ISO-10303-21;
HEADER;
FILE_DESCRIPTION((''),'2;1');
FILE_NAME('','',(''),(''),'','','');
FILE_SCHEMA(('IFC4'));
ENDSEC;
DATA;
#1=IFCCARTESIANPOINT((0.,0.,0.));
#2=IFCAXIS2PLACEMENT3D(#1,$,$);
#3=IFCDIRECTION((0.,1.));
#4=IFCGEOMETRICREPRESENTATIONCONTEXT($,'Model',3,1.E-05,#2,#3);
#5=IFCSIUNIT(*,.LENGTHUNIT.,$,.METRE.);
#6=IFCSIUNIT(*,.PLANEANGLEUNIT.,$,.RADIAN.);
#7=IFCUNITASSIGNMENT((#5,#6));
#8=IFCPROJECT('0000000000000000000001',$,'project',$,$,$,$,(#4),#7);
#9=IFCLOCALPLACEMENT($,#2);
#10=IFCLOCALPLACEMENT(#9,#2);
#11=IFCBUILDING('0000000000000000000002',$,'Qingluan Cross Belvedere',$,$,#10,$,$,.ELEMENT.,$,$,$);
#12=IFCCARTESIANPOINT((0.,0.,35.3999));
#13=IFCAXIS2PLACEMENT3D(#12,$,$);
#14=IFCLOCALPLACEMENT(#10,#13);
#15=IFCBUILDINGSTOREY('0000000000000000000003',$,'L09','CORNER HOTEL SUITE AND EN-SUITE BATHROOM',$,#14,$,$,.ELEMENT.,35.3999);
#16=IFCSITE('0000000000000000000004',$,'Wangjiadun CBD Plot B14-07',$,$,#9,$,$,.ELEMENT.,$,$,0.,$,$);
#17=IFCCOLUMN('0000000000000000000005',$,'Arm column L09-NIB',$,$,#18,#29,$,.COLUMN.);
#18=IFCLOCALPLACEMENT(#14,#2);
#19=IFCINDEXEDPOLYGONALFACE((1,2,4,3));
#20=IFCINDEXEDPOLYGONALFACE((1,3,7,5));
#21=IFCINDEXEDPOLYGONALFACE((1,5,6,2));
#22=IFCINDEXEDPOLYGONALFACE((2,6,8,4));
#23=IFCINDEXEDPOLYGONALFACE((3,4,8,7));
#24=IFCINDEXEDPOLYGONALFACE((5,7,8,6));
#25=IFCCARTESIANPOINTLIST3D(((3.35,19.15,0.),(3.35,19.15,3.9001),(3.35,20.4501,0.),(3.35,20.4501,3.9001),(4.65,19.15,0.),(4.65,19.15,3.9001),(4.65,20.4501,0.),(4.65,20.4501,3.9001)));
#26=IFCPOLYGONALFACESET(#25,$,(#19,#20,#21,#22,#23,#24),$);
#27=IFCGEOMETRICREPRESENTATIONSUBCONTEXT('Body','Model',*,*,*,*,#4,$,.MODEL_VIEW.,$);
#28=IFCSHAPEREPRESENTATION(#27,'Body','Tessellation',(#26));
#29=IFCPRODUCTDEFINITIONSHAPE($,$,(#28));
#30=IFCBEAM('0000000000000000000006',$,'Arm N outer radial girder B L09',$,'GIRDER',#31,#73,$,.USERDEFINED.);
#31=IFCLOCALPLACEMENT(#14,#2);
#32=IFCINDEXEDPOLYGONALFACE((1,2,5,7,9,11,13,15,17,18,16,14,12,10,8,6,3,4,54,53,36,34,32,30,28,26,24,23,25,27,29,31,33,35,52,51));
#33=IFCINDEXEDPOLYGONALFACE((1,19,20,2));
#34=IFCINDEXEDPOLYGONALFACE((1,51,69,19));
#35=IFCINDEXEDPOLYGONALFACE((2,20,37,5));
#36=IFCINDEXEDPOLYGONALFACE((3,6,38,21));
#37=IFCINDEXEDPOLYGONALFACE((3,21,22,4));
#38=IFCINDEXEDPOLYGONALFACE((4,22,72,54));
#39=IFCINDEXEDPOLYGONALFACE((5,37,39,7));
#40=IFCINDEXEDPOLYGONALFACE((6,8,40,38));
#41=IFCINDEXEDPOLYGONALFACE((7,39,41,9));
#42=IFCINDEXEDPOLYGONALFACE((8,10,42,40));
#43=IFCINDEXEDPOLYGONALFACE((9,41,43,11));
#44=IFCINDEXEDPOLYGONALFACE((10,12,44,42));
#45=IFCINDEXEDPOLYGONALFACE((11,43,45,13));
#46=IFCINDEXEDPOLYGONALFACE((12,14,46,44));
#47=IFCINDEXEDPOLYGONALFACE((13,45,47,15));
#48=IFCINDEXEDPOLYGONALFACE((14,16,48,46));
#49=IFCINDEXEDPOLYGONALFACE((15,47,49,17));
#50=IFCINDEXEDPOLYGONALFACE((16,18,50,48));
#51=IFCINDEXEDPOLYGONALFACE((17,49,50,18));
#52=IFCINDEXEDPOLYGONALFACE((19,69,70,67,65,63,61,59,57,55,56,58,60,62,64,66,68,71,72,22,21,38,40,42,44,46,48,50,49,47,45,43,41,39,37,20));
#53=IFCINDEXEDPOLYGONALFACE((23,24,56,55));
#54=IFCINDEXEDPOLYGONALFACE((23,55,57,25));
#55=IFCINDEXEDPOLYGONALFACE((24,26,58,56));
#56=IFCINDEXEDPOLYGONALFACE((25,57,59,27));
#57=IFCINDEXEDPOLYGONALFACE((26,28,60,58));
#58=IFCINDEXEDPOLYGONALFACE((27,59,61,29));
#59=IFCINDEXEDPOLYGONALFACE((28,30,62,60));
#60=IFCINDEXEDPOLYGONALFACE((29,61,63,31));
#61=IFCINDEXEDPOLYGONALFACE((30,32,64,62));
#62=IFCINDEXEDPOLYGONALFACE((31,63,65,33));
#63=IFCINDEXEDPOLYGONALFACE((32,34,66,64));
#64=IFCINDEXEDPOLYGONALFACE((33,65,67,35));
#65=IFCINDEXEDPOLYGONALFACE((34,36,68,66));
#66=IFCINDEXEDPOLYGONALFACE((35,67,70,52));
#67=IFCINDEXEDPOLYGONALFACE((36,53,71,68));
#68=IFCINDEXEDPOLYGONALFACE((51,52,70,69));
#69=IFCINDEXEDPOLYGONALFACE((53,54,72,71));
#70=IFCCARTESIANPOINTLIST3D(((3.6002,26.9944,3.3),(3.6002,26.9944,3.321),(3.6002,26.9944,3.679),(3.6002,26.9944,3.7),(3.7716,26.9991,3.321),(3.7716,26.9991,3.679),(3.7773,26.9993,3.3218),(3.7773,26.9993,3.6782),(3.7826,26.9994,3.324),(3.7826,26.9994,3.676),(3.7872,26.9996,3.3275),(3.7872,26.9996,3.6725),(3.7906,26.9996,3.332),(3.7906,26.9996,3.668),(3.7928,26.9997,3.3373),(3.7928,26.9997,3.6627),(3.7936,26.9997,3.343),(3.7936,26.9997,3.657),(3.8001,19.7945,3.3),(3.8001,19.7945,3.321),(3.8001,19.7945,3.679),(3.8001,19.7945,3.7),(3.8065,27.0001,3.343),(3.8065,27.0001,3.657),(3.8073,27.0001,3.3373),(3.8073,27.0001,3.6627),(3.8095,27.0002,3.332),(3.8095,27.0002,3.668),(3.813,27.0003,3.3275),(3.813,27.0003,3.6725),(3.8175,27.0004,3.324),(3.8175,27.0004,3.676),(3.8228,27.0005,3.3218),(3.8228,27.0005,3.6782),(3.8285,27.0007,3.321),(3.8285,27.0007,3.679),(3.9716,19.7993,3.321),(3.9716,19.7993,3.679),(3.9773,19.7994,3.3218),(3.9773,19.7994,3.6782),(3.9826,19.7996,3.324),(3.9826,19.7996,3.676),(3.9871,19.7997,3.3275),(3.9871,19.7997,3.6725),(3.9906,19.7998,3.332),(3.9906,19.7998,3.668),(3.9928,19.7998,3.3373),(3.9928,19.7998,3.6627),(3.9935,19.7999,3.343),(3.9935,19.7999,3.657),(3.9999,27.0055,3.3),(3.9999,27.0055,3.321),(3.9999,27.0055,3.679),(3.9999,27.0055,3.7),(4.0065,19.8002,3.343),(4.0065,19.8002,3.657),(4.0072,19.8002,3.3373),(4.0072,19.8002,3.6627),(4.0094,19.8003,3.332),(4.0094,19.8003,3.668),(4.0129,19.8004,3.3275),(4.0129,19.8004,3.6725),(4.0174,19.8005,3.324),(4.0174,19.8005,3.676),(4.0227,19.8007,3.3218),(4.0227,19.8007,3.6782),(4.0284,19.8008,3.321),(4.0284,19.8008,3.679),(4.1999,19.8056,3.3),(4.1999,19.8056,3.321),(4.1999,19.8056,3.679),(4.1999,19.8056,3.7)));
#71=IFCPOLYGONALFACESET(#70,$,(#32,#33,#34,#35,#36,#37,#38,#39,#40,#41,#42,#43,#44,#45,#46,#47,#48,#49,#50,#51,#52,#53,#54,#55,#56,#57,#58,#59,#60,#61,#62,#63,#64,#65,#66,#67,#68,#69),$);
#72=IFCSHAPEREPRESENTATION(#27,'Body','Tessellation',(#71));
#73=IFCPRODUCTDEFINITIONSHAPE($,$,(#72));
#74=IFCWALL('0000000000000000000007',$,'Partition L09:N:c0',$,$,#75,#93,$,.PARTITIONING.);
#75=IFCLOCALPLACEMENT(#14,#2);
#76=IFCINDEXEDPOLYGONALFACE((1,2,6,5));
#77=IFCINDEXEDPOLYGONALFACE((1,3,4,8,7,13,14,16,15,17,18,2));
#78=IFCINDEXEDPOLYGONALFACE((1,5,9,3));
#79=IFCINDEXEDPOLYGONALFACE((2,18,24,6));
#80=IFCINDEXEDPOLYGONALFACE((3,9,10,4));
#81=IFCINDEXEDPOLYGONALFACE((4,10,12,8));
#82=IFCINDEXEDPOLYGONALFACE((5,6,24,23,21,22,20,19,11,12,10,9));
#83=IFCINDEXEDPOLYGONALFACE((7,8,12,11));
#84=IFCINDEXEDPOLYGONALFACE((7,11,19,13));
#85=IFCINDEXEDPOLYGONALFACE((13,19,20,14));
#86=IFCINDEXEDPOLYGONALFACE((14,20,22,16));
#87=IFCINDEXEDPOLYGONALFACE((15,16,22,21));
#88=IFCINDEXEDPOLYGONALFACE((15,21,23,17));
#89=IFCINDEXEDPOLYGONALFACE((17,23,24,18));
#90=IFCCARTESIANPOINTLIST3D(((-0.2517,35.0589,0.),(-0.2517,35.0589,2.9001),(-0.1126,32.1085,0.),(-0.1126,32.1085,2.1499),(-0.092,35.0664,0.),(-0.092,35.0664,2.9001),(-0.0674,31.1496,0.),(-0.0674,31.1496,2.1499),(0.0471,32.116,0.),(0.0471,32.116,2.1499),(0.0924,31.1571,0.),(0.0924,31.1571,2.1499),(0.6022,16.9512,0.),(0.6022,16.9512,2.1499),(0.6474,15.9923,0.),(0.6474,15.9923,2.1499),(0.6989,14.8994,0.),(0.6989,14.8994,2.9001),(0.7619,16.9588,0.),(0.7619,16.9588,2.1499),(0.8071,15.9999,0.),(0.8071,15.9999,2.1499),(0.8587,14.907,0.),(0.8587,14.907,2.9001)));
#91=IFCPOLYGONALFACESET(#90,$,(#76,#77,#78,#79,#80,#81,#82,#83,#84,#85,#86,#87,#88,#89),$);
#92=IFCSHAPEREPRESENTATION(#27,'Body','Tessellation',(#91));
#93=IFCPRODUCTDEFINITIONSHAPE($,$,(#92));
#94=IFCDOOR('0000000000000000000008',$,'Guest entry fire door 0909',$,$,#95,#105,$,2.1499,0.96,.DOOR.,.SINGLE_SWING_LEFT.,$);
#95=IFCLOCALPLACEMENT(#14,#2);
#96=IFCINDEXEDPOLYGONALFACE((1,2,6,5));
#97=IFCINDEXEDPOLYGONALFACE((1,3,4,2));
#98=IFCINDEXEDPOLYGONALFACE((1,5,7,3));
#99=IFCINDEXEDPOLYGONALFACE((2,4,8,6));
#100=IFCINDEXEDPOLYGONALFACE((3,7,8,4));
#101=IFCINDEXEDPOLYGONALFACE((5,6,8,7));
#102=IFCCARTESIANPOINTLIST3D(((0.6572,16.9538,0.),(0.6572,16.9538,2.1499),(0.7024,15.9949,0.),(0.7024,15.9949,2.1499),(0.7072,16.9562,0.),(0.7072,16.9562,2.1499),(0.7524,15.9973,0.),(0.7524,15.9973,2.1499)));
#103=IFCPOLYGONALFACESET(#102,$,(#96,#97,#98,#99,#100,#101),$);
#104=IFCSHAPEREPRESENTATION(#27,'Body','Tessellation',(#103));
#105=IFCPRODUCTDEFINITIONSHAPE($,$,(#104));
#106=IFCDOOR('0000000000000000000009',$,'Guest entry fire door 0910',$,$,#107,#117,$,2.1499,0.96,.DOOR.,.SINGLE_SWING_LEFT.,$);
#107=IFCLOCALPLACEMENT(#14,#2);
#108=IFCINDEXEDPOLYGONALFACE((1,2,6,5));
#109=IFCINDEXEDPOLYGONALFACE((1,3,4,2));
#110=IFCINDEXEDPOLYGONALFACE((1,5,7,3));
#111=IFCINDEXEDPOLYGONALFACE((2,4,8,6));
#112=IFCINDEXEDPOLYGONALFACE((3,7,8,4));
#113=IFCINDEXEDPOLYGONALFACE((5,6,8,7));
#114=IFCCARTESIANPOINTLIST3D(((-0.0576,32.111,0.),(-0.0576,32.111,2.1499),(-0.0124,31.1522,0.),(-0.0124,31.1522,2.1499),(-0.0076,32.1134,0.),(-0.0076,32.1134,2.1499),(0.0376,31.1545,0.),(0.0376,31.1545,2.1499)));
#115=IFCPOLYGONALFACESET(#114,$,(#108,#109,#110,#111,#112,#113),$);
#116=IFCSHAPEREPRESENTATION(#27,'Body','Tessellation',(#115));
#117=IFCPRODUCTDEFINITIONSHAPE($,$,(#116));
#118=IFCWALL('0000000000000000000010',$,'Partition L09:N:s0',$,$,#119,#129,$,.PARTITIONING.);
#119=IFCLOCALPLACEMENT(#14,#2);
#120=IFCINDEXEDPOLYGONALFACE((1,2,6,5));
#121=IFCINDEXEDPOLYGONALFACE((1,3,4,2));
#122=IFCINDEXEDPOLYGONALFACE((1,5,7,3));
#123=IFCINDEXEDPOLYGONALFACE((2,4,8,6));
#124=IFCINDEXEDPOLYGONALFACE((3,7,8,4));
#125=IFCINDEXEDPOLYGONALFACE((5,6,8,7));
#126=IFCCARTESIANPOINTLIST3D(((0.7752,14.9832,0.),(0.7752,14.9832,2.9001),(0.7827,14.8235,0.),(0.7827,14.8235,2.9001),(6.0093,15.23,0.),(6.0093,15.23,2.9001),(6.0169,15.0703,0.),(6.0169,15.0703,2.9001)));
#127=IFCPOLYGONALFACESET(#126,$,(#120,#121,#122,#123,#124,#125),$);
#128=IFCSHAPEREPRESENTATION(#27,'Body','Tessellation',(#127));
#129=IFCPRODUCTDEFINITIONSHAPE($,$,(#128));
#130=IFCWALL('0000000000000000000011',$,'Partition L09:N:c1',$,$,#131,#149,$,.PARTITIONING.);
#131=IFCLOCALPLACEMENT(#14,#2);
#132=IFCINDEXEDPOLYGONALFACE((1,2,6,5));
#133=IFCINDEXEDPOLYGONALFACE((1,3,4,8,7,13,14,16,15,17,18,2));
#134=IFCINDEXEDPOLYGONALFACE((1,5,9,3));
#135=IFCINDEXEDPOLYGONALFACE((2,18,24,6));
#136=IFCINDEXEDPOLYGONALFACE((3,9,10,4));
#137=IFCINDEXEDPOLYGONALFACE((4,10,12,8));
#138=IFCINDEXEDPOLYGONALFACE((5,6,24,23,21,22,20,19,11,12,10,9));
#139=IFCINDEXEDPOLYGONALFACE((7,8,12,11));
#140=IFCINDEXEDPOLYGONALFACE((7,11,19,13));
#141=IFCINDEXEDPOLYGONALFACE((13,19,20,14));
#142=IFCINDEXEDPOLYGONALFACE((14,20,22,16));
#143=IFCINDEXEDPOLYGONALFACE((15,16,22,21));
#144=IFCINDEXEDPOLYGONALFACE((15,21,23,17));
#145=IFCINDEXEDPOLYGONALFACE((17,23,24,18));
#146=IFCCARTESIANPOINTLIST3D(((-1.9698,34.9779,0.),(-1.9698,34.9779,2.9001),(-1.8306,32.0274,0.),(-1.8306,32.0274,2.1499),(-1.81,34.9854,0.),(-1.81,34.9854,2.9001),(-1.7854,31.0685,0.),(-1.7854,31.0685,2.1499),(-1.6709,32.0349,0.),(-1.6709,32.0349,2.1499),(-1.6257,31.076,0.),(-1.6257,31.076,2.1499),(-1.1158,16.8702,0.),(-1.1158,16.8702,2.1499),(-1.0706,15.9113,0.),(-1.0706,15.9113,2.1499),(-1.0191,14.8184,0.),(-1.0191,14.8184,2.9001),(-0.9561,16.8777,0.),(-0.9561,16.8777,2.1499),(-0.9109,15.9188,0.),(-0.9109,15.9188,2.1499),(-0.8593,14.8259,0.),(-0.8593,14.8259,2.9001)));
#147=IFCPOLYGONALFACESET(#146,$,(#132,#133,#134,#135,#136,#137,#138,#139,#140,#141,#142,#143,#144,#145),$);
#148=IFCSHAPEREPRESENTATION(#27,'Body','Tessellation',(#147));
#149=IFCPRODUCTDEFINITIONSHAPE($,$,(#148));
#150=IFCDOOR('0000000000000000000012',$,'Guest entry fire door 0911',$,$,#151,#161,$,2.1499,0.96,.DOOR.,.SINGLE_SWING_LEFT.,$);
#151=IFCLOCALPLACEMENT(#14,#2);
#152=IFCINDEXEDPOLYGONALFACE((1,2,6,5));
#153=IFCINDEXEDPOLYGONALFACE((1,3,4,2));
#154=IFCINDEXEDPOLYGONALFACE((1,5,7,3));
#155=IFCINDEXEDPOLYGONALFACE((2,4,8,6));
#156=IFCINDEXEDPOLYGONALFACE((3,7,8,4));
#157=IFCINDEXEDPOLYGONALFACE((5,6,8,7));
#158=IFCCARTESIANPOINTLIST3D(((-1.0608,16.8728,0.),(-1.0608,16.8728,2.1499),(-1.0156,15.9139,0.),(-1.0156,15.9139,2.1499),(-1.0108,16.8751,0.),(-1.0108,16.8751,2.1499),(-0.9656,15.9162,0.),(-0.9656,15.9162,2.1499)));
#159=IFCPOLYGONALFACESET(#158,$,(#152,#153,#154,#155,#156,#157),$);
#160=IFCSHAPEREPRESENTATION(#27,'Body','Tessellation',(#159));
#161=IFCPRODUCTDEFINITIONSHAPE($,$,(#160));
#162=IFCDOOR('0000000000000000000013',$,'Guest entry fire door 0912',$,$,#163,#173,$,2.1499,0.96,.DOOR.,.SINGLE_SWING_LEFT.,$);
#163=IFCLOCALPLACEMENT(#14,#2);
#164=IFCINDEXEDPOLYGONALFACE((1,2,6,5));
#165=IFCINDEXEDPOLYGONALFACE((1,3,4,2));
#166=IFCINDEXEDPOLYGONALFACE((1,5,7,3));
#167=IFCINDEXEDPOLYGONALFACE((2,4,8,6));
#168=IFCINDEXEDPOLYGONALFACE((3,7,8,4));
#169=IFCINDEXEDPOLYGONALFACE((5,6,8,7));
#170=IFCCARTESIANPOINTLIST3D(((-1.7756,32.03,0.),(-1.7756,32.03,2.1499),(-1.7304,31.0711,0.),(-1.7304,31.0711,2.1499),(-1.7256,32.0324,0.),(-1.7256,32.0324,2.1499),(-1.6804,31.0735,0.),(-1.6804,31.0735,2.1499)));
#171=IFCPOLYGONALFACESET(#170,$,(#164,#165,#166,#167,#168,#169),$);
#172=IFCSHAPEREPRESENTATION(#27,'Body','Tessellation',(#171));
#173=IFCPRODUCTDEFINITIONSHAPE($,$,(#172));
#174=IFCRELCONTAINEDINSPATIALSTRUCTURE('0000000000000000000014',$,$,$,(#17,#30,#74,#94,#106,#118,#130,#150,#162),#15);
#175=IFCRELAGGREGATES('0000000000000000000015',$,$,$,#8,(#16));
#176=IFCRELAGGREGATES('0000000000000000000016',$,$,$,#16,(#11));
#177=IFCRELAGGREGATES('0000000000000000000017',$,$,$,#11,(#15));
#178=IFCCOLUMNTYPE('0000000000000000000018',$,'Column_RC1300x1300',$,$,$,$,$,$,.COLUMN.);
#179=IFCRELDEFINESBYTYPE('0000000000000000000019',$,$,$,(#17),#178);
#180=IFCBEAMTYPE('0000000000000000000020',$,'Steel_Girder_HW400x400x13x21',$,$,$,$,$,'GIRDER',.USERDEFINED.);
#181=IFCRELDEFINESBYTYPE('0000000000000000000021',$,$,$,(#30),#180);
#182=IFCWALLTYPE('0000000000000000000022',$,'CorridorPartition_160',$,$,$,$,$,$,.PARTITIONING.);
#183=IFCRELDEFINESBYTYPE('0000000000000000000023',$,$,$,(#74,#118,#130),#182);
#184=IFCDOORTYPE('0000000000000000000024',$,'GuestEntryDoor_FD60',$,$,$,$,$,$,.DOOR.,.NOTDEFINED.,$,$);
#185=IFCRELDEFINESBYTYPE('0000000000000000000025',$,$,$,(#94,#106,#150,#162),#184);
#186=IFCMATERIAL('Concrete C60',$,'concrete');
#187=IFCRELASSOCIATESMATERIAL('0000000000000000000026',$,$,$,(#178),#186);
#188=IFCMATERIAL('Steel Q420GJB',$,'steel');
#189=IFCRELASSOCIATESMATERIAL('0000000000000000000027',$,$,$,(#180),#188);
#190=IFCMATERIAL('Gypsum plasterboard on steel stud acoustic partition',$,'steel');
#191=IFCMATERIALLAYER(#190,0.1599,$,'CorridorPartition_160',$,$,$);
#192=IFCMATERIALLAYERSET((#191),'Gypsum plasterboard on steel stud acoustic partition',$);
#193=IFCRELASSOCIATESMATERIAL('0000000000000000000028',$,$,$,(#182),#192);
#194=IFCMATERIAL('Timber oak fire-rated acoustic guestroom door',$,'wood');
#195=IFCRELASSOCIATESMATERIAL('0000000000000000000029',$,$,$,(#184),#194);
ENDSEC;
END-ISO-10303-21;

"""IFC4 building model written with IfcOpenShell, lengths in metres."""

from ifc_helpers import new_model, si_unit, direction, frame, frame_2d, origin, origin_2d, place, context, subcontext, project, spatial, rectangle, i_section, extrude, material, layer, layer_set, material_profile, profile_set, type_object, element, fill, save


model = new_model("IFC4")

# Units and contexts
model_context = context("Model", 3, precision=1e-05, world=origin(), true_north=direction((0.0, 1.0)))
body_context = subcontext(model_context, "Body", "Model", "MODEL_VIEW")
ifc_project = project(units=[si_unit("LENGTHUNIT", "METRE"), si_unit("PLANEANGLEUNIT", "RADIAN")], contexts=[model_context])

# Site, building, storey
site_placement = place(None, origin())
site = spatial("IfcSite", under=ifc_project, at=site_placement, Name="Wangjiadun CBD Plot B14-07", CompositionType="ELEMENT", RefElevation=0.0)
building_placement = place(site_placement, origin())
building = spatial("IfcBuilding", under=site, at=building_placement, Name="Qingluan Cross Belvedere", CompositionType="ELEMENT")
storey_placement = place(building_placement, frame((0.0, 0.0, 35.3999)))
storey = spatial("IfcBuildingStorey", under=building, at=storey_placement, Name="L09", Description="CORNER HOTEL SUITE AND EN-SUITE BATHROOM", CompositionType="ELEMENT", Elevation=35.3999)

# Column
ifc_material_1 = material(Name="Concrete C60", Category="concrete")
ifc_material_profile_1 = material_profile(ifc_material_1, rectangle(XDim=1.3, YDim=1.3, at=origin_2d()), Name="RC1300x1300")
ifc_profile_set_1 = profile_set([ifc_material_profile_1], Name="Concrete C60")
column_type = type_object("IfcColumnType", Name="Column_RC1300x1300", PredefinedType="COLUMN", material=ifc_profile_set_1)
column_placement = place(storey_placement, frame((4.0, 19.8, 0.0), z_axis=(0.0, 0.0, 1.0), x_axis=(1.0, 0.0, 0.0)))
element("IfcColumn", 1, at=column_placement, inside=storey, type_object=column_type, Name="Arm column L09-NIB", PredefinedType="COLUMN", context=body_context, shape_type="SweptSolid", body=[
    extrude(rectangle(XDim=1.3, YDim=1.3, at=origin_2d()), origin(), (0.0, 0.0, 1.0), 3.9001),
])

# Beam
ifc_material_2 = material(Name="Steel Q420GJB", Category="steel")
ifc_material_profile_2 = material_profile(ifc_material_2, i_section(OverallWidth=0.3999, OverallDepth=0.3999, WebThickness=0.0129, FlangeThickness=0.021, FilletRadius=0.022, at=origin_2d()), Name="HW400x400x13x21")
ifc_profile_set_2 = profile_set([ifc_material_profile_2], Name="Steel Q420GJB")
beam_type = type_object("IfcBeamType", Name="Steel_Girder_HW400x400x13x21", ElementType="GIRDER", PredefinedType="USERDEFINED", material=ifc_profile_set_2)
beam_placement = place(storey_placement, frame((4.0, 19.8, 3.5), z_axis=(-0.02776, 0.999615, 0.0), x_axis=(-0.999615, -0.02776, 0.0)))
element("IfcBeam", 2, at=beam_placement, inside=storey, type_object=beam_type, Name="Arm N outer radial girder B L09", ObjectType="GIRDER", PredefinedType="USERDEFINED", context=body_context, shape_type="SweptSolid", body=[
    extrude(i_section(OverallWidth=0.3999, OverallDepth=0.3999, WebThickness=0.0129, FlangeThickness=0.021, FilletRadius=0.022, at=origin_2d()), origin(), (0.0, 0.0, 1.0), 7.2026),
])

# Wall, openings, doors
ifc_material_3 = material(Name="Gypsum plasterboard on steel stud acoustic partition", Category="steel")
ifc_layer_1 = layer(ifc_material_3, 0.1599, Name="CorridorPartition_160")
ifc_layer_set_1 = layer_set([ifc_layer_1], Name="Gypsum plasterboard on steel stud acoustic partition")
wall_type_1 = type_object("IfcWallType", Name="CorridorPartition_160", PredefinedType="PARTITIONING", material=ifc_layer_set_1)
wall_1_placement = place(storey_placement, frame((0.7788, 14.9033, 0.0), z_axis=(0.0, 0.0, 1.0), x_axis=(-0.047106, 0.99889, 0.0)))
wall_1 = element("IfcWall", 3, at=wall_1_placement, inside=storey, type_object=wall_type_1, Name="Partition L09:N:c0", PredefinedType="PARTITIONING", context=body_context, shape_type="SweptSolid", body=[
    extrude(rectangle(XDim=20.1819, YDim=0.1599, at=frame_2d((10.0908, 0.0))), origin(), (0.0, 0.0, 1.0), 2.9001),
])
opening_1_placement = place(wall_1_placement, frame((1.094, 0.0, 0.0)))
opening_1 = element("IfcOpeningElement", 4, at=opening_1_placement, cuts=wall_1, PredefinedType="OPENING", context=body_context, shape_type="SweptSolid", body=[
    extrude(rectangle(XDim=0.96, YDim=2.1499, at=frame_2d((0.48, 1.075))), frame((0.0, 0.0898, 0.0), z_axis=(0.0, -1.0, 0.0), x_axis=(1.0, 0.0, 0.0)), (0.0, 0.0, 1.0), 0.1799),
])
opening_2_placement = place(wall_1_placement, frame((16.2681, 0.0, 0.0)))
opening_2 = element("IfcOpeningElement", 5, at=opening_2_placement, cuts=wall_1, PredefinedType="OPENING", context=body_context, shape_type="SweptSolid", body=[
    extrude(rectangle(XDim=0.96, YDim=2.1499, at=frame_2d((0.48, 1.075))), frame((0.0, 0.0898, 0.0), z_axis=(0.0, -1.0, 0.0), x_axis=(1.0, 0.0, 0.0)), (0.0, 0.0, 1.0), 0.1799),
])
ifc_material_4 = material(Name="Timber oak fire-rated acoustic guestroom door", Category="wood")
door_type_1 = type_object("IfcDoorType", Name="GuestEntryDoor_FD60", OperationType="NOTDEFINED", PredefinedType="DOOR", material=ifc_material_4)
door_1_placement = place(opening_1_placement, origin())
door_1 = element("IfcDoor", 6, at=door_1_placement, inside=storey, type_object=door_type_1, Name="Guest entry fire door 0909", OperationType="SINGLE_SWING_LEFT", OverallHeight=2.1499, OverallWidth=0.96, PredefinedType="DOOR", context=body_context, shape_type="SweptSolid", body=[
    extrude(rectangle(XDim=0.96, YDim=2.1499, at=frame_2d((0.48, 1.075))), frame((0.0, 0.0249, 0.0), z_axis=(0.0, -1.0, 0.0), x_axis=(1.0, 0.0, 0.0)), (0.0, 0.0, 1.0), 0.05),
])
fill(opening_1, door_1)
door_2_placement = place(opening_2_placement, origin())
door_2 = element("IfcDoor", 7, at=door_2_placement, inside=storey, type_object=door_type_1, Name="Guest entry fire door 0910", OperationType="SINGLE_SWING_LEFT", OverallHeight=2.1499, OverallWidth=0.96, PredefinedType="DOOR", context=body_context, shape_type="SweptSolid", body=[
    extrude(rectangle(XDim=0.96, YDim=2.1499, at=frame_2d((0.48, 1.075))), frame((0.0, 0.0249, 0.0), z_axis=(0.0, -1.0, 0.0), x_axis=(1.0, 0.0, 0.0)), (0.0, 0.0, 1.0), 0.05),
])
fill(opening_2, door_2)

# Wall
wall_2_placement = place(storey_placement, frame((0.7788, 14.9033, 0.0), z_axis=(0.0, 0.0, 1.0), x_axis=(0.99889, 0.047105, 0.0)))
element("IfcWall", 8, at=wall_2_placement, inside=storey, type_object=wall_type_1, Name="Partition L09:N:s0", PredefinedType="PARTITIONING", context=body_context, shape_type="SweptSolid", body=[
    extrude(rectangle(XDim=5.24, YDim=0.1599, at=frame_2d((2.6201, 0.0))), origin(), (0.0, 0.0, 1.0), 2.9001),
])

# Wall, openings, doors
wall_3_placement = place(storey_placement, frame((-0.9392, 14.8223, 0.0), z_axis=(0.0, 0.0, 1.0), x_axis=(-0.047106, 0.99889, 0.0)))
wall_3 = element("IfcWall", 9, at=wall_3_placement, inside=storey, type_object=wall_type_1, Name="Partition L09:N:c1", PredefinedType="PARTITIONING", context=body_context, shape_type="SweptSolid", body=[
    extrude(rectangle(XDim=20.1819, YDim=0.1599, at=frame_2d((10.0908, 0.0))), origin(), (0.0, 0.0, 1.0), 2.9001),
])
opening_3_placement = place(wall_3_placement, frame((1.094, 0.0, 0.0)))
opening_3 = element("IfcOpeningElement", 10, at=opening_3_placement, cuts=wall_3, PredefinedType="OPENING", context=body_context, shape_type="SweptSolid", body=[
    extrude(rectangle(XDim=0.96, YDim=2.1499, at=frame_2d((0.48, 1.075))), frame((0.0, 0.0898, 0.0), z_axis=(0.0, -1.0, 0.0), x_axis=(1.0, 0.0, 0.0)), (0.0, 0.0, 1.0), 0.1799),
])
opening_4_placement = place(wall_3_placement, frame((16.2681, 0.0, 0.0)))
opening_4 = element("IfcOpeningElement", 11, at=opening_4_placement, cuts=wall_3, PredefinedType="OPENING", context=body_context, shape_type="SweptSolid", body=[
    extrude(rectangle(XDim=0.96, YDim=2.1499, at=frame_2d((0.48, 1.075))), frame((0.0, 0.0898, 0.0), z_axis=(0.0, -1.0, 0.0), x_axis=(1.0, 0.0, 0.0)), (0.0, 0.0, 1.0), 0.1799),
])
door_3_placement = place(opening_3_placement, origin())
door_3 = element("IfcDoor", 12, at=door_3_placement, inside=storey, type_object=door_type_1, Name="Guest entry fire door 0911", OperationType="SINGLE_SWING_LEFT", OverallHeight=2.1499, OverallWidth=0.96, PredefinedType="DOOR", context=body_context, shape_type="SweptSolid", body=[
    extrude(rectangle(XDim=0.96, YDim=2.1499, at=frame_2d((0.48, 1.075))), frame((0.0, 0.0249, 0.0), z_axis=(0.0, -1.0, 0.0), x_axis=(1.0, 0.0, 0.0)), (0.0, 0.0, 1.0), 0.05),
])
fill(opening_3, door_3)
door_4_placement = place(opening_4_placement, origin())
door_4 = element("IfcDoor", 13, at=door_4_placement, inside=storey, type_object=door_type_1, Name="Guest entry fire door 0912", OperationType="SINGLE_SWING_LEFT", OverallHeight=2.1499, OverallWidth=0.96, PredefinedType="DOOR", context=body_context, shape_type="SweptSolid", body=[
    extrude(rectangle(XDim=0.96, YDim=2.1499, at=frame_2d((0.48, 1.075))), frame((0.0, 0.0249, 0.0), z_axis=(0.0, -1.0, 0.0), x_axis=(1.0, 0.0, 0.0)), (0.0, 0.0, 1.0), 0.05),
])
fill(opening_4, door_4)

save(model, "model.ifc")
